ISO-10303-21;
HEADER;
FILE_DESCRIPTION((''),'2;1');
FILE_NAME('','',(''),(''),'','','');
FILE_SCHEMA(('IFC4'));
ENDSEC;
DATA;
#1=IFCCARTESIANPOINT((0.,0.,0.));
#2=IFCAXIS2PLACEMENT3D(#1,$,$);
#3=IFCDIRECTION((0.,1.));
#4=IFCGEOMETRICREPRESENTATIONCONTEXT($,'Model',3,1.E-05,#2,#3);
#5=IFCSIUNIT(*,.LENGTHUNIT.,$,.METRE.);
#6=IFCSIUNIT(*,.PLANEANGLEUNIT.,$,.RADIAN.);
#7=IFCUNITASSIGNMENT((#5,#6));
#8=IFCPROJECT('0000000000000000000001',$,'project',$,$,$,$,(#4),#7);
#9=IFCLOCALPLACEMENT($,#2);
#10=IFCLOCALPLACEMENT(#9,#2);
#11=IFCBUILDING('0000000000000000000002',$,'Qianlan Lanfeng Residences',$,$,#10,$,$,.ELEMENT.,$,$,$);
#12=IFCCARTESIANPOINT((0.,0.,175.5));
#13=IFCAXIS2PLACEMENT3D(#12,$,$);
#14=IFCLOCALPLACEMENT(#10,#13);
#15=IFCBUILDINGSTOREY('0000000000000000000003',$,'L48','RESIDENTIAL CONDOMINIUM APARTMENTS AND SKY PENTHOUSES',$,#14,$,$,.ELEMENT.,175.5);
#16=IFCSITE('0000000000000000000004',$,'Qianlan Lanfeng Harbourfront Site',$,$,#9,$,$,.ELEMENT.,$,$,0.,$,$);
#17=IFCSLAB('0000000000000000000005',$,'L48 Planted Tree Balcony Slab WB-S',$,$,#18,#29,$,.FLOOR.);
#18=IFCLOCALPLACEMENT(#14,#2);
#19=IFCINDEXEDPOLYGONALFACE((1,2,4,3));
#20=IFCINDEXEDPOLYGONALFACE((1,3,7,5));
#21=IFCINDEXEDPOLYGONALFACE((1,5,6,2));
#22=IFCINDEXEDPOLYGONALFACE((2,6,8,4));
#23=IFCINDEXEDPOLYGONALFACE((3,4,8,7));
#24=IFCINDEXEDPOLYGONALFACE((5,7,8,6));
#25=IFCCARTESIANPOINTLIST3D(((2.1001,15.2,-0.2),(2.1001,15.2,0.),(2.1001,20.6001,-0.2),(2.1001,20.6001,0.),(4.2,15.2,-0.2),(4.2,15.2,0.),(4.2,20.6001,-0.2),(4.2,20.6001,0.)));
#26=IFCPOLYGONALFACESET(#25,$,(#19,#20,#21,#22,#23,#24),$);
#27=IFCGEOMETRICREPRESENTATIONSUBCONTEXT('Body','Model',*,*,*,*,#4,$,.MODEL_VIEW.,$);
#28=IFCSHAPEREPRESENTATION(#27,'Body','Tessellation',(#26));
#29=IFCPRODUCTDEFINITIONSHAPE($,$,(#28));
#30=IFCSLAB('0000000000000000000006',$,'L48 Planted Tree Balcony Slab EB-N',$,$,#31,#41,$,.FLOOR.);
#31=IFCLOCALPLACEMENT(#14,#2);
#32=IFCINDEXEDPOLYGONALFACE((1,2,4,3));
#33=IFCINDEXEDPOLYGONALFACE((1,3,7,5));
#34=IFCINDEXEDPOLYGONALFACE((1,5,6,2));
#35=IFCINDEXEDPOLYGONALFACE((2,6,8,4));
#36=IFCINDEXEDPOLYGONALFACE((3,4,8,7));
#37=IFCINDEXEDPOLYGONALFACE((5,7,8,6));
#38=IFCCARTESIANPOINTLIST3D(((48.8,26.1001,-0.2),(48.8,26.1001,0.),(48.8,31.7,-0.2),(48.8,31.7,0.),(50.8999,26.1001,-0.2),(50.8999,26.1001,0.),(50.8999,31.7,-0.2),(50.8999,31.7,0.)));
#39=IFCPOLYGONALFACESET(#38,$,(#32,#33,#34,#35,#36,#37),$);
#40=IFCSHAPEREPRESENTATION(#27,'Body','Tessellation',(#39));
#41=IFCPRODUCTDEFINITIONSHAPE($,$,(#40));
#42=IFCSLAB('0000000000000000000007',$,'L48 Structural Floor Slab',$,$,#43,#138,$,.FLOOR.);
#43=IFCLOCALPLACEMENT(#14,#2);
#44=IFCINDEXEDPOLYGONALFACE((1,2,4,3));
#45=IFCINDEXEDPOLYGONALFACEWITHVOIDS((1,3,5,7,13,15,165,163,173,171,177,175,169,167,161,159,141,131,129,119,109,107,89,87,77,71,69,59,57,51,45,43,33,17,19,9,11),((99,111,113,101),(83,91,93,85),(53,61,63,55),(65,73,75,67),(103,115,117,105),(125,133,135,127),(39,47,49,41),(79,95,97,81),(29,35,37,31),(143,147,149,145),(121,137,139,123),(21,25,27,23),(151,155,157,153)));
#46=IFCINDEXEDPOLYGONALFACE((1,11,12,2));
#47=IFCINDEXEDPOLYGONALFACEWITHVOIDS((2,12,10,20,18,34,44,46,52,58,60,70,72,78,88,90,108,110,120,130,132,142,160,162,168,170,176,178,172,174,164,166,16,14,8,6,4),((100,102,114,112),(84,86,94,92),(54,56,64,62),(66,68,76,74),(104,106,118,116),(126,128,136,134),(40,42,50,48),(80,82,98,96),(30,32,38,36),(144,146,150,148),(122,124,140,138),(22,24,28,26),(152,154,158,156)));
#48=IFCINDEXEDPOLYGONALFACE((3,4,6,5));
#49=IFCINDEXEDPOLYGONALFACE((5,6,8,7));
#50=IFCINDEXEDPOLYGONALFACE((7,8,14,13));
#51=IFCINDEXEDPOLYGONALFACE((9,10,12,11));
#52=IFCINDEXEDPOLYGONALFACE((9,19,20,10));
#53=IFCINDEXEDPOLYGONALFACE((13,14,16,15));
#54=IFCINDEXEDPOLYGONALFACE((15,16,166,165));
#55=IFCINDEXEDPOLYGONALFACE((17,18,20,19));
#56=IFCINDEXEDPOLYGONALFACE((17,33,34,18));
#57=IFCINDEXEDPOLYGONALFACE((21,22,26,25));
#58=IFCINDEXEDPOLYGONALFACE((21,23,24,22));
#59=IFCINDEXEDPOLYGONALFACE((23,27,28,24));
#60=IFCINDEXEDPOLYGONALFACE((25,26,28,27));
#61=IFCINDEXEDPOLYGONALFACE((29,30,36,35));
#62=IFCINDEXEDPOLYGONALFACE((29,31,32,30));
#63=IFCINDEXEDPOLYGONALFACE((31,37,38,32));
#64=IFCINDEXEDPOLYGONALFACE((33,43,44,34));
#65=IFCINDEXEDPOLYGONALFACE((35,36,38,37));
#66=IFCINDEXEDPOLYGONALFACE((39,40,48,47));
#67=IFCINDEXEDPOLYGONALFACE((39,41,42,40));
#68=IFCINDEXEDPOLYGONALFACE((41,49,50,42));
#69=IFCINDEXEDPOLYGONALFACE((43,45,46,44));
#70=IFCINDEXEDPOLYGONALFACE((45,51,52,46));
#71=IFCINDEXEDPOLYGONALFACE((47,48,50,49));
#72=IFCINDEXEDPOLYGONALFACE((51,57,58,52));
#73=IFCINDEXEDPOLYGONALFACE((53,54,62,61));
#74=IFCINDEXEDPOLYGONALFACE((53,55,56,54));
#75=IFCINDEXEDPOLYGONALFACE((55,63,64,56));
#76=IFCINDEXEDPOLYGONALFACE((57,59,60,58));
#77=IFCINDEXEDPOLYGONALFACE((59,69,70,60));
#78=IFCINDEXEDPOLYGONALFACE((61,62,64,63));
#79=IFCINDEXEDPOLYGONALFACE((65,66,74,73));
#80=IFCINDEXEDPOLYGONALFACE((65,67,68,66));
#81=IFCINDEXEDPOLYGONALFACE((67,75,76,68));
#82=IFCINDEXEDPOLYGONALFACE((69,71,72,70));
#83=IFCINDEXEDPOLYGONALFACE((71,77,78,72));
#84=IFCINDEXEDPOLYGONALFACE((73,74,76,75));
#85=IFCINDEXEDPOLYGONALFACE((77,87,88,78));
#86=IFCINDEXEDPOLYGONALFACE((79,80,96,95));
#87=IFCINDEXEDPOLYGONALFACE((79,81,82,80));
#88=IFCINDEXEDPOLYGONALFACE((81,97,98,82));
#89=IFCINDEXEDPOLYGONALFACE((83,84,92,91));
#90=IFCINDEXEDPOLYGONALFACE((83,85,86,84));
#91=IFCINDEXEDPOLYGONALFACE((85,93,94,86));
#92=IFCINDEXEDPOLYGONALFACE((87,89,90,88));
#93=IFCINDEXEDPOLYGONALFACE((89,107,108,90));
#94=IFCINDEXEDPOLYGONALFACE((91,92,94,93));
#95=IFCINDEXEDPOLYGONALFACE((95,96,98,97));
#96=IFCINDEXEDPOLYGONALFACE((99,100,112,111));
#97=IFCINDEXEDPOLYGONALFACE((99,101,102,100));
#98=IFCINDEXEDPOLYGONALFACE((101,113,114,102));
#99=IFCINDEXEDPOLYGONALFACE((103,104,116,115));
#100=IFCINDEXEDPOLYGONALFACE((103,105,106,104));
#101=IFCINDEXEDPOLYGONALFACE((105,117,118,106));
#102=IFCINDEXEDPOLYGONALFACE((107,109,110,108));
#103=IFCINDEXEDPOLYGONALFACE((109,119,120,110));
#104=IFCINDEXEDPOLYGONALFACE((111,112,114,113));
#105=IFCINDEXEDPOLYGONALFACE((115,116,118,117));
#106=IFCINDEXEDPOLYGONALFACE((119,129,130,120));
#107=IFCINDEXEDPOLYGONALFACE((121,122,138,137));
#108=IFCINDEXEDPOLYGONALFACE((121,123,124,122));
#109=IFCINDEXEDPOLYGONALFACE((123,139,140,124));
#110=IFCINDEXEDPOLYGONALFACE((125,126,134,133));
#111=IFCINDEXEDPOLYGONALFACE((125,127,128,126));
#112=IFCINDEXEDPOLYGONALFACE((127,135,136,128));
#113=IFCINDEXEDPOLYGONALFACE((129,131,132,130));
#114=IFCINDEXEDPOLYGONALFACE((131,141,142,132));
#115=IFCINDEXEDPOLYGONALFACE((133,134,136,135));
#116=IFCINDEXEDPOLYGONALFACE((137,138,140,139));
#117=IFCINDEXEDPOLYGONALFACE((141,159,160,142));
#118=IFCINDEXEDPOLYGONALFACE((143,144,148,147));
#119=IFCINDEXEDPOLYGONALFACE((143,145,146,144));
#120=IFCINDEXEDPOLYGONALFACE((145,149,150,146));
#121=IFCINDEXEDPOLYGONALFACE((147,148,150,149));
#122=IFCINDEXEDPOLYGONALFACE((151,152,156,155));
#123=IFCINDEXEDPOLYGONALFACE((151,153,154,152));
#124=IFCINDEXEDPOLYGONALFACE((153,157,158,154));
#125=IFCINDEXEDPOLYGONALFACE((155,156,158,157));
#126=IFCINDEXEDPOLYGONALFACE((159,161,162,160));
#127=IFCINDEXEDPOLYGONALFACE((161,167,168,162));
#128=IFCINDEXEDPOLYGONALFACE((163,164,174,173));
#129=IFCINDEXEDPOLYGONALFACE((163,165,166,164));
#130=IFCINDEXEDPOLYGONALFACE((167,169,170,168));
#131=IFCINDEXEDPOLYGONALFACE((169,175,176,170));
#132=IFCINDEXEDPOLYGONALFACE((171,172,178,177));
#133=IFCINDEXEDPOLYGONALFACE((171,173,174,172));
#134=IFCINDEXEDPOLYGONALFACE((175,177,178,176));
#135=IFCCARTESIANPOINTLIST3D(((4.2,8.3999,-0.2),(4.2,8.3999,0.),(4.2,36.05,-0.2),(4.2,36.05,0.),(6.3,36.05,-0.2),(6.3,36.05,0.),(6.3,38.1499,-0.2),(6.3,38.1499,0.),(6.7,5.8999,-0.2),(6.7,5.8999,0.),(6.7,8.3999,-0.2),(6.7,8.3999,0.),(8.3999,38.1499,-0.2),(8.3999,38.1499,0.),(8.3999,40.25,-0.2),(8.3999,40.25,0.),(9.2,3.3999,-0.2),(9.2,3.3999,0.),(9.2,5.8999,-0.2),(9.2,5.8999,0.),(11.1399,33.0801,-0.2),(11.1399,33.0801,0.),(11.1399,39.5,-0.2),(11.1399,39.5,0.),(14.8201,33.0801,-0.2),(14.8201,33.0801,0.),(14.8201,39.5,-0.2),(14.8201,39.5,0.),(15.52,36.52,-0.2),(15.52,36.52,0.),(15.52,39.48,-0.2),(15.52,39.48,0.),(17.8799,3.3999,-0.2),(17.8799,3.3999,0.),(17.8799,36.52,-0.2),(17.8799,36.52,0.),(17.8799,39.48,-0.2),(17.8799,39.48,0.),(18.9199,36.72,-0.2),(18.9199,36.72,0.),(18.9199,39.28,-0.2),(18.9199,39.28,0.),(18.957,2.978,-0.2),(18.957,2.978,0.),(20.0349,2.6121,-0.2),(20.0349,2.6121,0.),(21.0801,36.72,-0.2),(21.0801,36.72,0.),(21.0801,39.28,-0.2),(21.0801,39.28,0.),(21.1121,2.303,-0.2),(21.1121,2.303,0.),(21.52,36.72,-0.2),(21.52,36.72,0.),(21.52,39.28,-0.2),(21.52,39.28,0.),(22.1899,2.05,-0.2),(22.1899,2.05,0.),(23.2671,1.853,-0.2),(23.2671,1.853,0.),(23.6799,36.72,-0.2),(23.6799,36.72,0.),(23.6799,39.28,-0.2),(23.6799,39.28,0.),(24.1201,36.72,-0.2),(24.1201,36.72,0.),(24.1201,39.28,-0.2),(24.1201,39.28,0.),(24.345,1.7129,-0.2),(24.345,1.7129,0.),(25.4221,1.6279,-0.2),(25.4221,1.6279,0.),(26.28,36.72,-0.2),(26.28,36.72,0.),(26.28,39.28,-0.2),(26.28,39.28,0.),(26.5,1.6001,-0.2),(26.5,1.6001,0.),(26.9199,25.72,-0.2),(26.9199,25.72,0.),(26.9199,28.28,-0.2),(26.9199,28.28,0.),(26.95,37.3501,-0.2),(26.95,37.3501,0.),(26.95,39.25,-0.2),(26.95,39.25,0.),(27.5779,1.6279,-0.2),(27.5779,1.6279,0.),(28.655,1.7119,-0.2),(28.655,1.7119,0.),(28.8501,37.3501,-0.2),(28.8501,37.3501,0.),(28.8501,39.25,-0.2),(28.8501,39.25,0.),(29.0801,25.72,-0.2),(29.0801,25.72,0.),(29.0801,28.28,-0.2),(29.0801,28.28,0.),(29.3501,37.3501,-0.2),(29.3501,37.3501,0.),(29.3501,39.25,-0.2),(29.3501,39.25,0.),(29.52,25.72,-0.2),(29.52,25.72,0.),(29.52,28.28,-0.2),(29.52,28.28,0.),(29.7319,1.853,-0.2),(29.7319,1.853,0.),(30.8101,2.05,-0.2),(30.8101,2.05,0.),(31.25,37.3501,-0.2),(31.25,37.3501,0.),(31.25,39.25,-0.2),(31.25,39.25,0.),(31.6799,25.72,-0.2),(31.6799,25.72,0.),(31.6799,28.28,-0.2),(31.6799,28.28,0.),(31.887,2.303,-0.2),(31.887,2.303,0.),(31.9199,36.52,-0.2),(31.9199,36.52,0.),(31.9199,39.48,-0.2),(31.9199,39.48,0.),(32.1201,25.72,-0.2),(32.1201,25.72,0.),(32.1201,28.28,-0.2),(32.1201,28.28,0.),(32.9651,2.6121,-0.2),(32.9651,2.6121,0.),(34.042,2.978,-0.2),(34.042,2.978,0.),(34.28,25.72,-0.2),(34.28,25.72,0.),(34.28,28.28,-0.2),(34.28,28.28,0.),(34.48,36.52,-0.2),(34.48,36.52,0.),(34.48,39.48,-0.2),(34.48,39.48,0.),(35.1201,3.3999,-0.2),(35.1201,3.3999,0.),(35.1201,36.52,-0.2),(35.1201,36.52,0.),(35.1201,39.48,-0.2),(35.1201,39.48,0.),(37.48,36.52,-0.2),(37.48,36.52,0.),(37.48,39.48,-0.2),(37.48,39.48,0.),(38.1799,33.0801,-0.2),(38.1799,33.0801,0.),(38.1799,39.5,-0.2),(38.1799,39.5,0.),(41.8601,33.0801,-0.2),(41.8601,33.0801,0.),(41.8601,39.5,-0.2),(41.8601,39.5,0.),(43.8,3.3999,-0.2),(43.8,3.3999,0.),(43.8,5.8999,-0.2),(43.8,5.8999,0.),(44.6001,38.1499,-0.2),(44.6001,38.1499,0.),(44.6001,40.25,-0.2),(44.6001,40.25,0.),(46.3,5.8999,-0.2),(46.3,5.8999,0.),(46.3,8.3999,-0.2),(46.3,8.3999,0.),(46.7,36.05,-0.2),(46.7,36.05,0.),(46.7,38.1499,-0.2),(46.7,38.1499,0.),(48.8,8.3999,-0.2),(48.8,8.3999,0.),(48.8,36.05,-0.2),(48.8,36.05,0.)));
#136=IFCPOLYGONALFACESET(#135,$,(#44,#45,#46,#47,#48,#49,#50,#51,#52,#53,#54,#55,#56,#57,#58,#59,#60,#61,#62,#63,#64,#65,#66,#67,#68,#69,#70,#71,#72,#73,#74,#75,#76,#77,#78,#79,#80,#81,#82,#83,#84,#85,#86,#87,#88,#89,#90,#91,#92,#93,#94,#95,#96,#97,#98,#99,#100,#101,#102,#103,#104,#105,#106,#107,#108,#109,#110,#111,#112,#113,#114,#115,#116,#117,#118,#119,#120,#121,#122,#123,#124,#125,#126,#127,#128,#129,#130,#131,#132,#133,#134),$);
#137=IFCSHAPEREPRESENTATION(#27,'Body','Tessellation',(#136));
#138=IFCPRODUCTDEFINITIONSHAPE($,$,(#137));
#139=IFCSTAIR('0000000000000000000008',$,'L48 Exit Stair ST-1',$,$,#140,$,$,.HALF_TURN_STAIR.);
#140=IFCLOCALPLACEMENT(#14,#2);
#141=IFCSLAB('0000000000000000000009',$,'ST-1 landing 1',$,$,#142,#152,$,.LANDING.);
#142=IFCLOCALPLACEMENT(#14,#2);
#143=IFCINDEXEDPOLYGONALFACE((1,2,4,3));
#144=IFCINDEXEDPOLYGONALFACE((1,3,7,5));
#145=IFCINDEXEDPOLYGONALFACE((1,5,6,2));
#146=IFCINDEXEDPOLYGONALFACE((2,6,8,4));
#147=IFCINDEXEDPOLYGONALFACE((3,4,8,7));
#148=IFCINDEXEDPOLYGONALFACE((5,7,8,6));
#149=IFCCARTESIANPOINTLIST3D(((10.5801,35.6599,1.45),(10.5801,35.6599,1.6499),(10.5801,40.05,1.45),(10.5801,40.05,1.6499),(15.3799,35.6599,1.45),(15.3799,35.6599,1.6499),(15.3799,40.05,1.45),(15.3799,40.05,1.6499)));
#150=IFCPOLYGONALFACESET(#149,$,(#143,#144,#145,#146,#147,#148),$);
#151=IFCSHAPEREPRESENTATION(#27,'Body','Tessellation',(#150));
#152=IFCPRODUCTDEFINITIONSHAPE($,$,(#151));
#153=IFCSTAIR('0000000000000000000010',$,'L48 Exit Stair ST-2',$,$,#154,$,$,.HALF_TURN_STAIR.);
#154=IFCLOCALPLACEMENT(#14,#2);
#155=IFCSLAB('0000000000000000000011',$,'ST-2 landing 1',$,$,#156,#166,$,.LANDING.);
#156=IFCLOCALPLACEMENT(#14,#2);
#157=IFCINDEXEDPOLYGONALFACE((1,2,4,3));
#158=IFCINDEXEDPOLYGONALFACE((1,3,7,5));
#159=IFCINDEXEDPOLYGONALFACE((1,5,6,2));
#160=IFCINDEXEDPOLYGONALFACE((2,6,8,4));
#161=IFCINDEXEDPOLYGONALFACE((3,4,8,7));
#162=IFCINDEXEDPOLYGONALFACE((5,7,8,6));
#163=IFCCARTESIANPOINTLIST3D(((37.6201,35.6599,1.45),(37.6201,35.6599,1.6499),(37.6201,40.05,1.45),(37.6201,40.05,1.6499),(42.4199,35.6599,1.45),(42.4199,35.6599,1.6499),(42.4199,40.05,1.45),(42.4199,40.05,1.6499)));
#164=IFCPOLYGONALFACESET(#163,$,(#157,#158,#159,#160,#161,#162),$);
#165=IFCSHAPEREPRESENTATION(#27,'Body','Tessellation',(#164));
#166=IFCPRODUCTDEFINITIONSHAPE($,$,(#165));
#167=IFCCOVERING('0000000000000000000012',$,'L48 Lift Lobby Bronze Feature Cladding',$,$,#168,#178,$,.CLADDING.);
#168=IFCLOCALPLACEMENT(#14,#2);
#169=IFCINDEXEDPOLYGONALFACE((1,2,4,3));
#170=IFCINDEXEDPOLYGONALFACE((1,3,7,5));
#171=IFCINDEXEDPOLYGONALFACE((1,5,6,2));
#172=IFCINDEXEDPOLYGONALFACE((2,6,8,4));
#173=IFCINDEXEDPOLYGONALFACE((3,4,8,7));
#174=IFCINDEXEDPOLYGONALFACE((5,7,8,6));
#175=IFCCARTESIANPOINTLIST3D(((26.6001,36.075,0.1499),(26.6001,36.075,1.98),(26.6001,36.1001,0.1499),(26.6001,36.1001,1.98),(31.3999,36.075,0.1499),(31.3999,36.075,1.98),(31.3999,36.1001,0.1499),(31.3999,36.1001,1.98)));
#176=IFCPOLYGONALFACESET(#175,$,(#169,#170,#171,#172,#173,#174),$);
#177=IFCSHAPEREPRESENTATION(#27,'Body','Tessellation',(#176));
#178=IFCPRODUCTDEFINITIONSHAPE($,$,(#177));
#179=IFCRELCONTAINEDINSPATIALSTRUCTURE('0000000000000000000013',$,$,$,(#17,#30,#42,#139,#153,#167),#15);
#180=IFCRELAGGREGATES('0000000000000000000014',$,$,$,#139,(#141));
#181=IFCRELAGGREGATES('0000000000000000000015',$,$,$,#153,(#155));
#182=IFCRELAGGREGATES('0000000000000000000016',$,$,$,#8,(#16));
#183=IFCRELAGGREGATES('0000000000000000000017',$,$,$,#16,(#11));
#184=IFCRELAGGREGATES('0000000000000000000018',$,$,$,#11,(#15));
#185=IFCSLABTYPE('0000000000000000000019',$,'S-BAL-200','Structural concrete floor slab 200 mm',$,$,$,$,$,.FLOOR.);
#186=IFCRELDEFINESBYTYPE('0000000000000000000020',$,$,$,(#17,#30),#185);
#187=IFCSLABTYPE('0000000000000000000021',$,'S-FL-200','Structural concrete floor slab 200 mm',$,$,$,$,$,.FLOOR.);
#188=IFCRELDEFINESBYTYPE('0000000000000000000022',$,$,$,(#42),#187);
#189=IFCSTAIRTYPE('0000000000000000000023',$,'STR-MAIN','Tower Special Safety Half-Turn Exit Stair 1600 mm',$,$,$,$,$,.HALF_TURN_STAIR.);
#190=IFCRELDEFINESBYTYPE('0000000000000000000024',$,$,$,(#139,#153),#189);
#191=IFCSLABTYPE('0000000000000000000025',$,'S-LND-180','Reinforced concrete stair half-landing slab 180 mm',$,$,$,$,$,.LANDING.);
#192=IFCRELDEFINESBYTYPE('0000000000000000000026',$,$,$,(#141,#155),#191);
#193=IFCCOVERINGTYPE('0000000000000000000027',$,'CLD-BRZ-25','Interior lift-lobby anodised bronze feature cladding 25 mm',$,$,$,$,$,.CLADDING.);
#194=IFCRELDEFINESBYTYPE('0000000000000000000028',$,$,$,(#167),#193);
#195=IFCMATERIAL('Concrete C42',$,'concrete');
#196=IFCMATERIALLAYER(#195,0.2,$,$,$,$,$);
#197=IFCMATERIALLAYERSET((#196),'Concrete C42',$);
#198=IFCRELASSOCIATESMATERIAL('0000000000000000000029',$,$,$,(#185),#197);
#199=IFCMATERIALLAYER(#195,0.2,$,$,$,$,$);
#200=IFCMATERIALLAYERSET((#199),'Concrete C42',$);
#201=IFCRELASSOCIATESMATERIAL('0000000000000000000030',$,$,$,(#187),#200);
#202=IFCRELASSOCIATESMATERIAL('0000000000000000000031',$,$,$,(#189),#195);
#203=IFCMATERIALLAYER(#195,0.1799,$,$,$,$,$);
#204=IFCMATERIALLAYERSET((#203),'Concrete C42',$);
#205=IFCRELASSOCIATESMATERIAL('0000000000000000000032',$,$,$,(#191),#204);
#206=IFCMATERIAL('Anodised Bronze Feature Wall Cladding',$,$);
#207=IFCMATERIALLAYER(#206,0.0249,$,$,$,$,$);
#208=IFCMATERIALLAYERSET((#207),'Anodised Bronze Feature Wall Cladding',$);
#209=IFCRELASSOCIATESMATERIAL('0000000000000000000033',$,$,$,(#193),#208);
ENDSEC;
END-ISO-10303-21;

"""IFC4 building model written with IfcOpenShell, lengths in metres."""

from ifc_helpers import new_model, si_unit, direction, frame, origin, place, context, subcontext, project, spatial, polyline, outline, extrude, material, layer, layer_set, type_object, element, aggregate, save


model = new_model("IFC4")

# Units and contexts
model_context = context("Model", 3, precision=1e-05, world=origin(), true_north=direction((0.0, 1.0)))
body_context = subcontext(model_context, "Body", "Model", "MODEL_VIEW")
ifc_project = project(units=[si_unit("LENGTHUNIT", "METRE"), si_unit("PLANEANGLEUNIT", "RADIAN")], contexts=[model_context])

# Site, building, storey
site_placement = place(None, origin())
site = spatial("IfcSite", under=ifc_project, at=site_placement, Name="Qianlan Lanfeng Harbourfront Site", CompositionType="ELEMENT", RefElevation=0.0)
building_placement = place(site_placement, origin())
building = spatial("IfcBuilding", under=site, at=building_placement, Name="Qianlan Lanfeng Residences", CompositionType="ELEMENT")
storey_placement = place(building_placement, frame((0.0, 0.0, 175.5)))
storey = spatial("IfcBuildingStorey", under=building, at=storey_placement, Name="L48", Description="RESIDENTIAL CONDOMINIUM APARTMENTS AND SKY PENTHOUSES", CompositionType="ELEMENT", Elevation=175.5)

# Slabs
ifc_material_1 = material(Name="Concrete C42", Category="concrete")
ifc_layer_1 = layer(ifc_material_1, 0.2)
ifc_layer_set_1 = layer_set([ifc_layer_1], Name="Concrete C42")
slab_type_1 = type_object("IfcSlabType", Name="S-BAL-200", Description="Structural concrete floor slab 200 mm", PredefinedType="FLOOR", material=ifc_layer_set_1)
slab_1_placement = place(storey_placement, frame((0.0, 0.0, -0.2)))
element("IfcSlab", 1, at=slab_1_placement, inside=storey, type_object=slab_type_1, Name="L48 Planted Tree Balcony Slab WB-S", PredefinedType="FLOOR", context=body_context, shape_type="SweptSolid", body=[
    extrude(outline(polyline([(4.2, 15.2), (4.2, 20.6001), (2.1001, 20.6001), (2.1001, 15.2), (4.2, 15.2)])), origin(), (0.0, 0.0, 1.0), 0.2),
])
slab_2_placement = place(storey_placement, frame((0.0, 0.0, -0.2)))
element("IfcSlab", 2, at=slab_2_placement, inside=storey, type_object=slab_type_1, Name="L48 Planted Tree Balcony Slab EB-N", PredefinedType="FLOOR", context=body_context, shape_type="SweptSolid", body=[
    extrude(outline(polyline([(48.8, 31.7), (48.8, 26.1001), (50.8999, 26.1001), (50.8999, 31.7), (48.8, 31.7)])), origin(), (0.0, 0.0, 1.0), 0.2),
])
ifc_layer_2 = layer(ifc_material_1, 0.2)
ifc_layer_set_2 = layer_set([ifc_layer_2], Name="Concrete C42")
slab_type_2 = type_object("IfcSlabType", Name="S-FL-200", Description="Structural concrete floor slab 200 mm", PredefinedType="FLOOR", material=ifc_layer_set_2)
slab_3_placement = place(storey_placement, frame((0.0, 0.0, -0.2)))
element("IfcSlab", 3, at=slab_3_placement, inside=storey, type_object=slab_type_2, Name="L48 Structural Floor Slab", PredefinedType="FLOOR", context=body_context, shape_type="SweptSolid", body=[
    extrude(outline(polyline([(4.2, 8.3999), (6.7, 8.3999), (6.7, 5.8999), (9.2, 5.8999), (9.2, 3.3999), (17.8799, 3.3999), (18.957, 2.978), (20.0349, 2.6121), (21.1121, 2.303), (22.1899, 2.05), (23.2671, 1.853), (24.345, 1.7129), (25.4221, 1.6279), (26.5, 1.6001), (27.5779, 1.6279), (28.655, 1.7119), (29.7319, 1.853), (30.8101, 2.05), (31.887, 2.303), (32.9651, 2.6121), (34.042, 2.978), (35.1201, 3.3999), (43.8, 3.3999), (43.8, 5.8999), (46.3, 5.8999), (46.3, 8.3999), (48.8, 8.3999), (48.8, 36.05), (46.7, 36.05), (46.7, 38.1499), (44.6001, 38.1499), (44.6001, 40.25), (8.3999, 40.25), (8.3999, 38.1499), (6.3, 38.1499), (6.3, 36.05), (4.2, 36.05), (4.2, 8.3999)]), holes=[polyline([(11.1399, 33.0801), (11.1399, 39.5), (14.8201, 39.5), (14.8201, 33.0801), (11.1399, 33.0801)]), polyline([(38.1799, 33.0801), (38.1799, 39.5), (41.8601, 39.5), (41.8601, 33.0801), (38.1799, 33.0801)]), polyline([(15.52, 36.52), (15.52, 39.48), (17.8799, 39.48), (17.8799, 36.52), (15.52, 36.52)]), polyline([(35.1201, 36.52), (35.1201, 39.48), (37.48, 39.48), (37.48, 36.52), (35.1201, 36.52)]), polyline([(31.9199, 36.52), (31.9199, 39.48), (34.48, 39.48), (34.48, 36.52), (31.9199, 36.52)]), polyline([(26.9199, 25.72), (26.9199, 28.28), (29.0801, 28.28), (29.0801, 25.72), (26.9199, 25.72)]), polyline([(29.52, 25.72), (29.52, 28.28), (31.6799, 28.28), (31.6799, 25.72), (29.52, 25.72)]), polyline([(32.1201, 25.72), (32.1201, 28.28), (34.28, 28.28), (34.28, 25.72), (32.1201, 25.72)]), polyline([(18.9199, 36.72), (18.9199, 39.28), (21.0801, 39.28), (21.0801, 36.72), (18.9199, 36.72)]), polyline([(21.52, 36.72), (21.52, 39.28), (23.6799, 39.28), (23.6799, 36.72), (21.52, 36.72)]), polyline([(24.1201, 36.72), (24.1201, 39.28), (26.28, 39.28), (26.28, 36.72), (24.1201, 36.72)]), polyline([(26.95, 37.3501), (26.95, 39.25), (28.8501, 39.25), (28.8501, 37.3501), (26.95, 37.3501)]), polyline([(29.3501, 37.3501), (29.3501, 39.25), (31.25, 39.25), (31.25, 37.3501), (29.3501, 37.3501)])]), origin(), (0.0, 0.0, 1.0), 0.2),
])

# Stairs, slabs
stair_type = type_object("IfcStairType", Name="STR-MAIN", Description="Tower Special Safety Half-Turn Exit Stair 1600 mm", PredefinedType="HALF_TURN_STAIR", material=ifc_material_1)
stair_1_placement = place(storey_placement, origin())
stair_1 = element("IfcStair", 4, at=stair_1_placement, inside=storey, type_object=stair_type, Name="L48 Exit Stair ST-1", PredefinedType="HALF_TURN_STAIR")
ifc_layer_3 = layer(ifc_material_1, 0.1799)
ifc_layer_set_3 = layer_set([ifc_layer_3], Name="Concrete C42")
slab_type_3 = type_object("IfcSlabType", Name="S-LND-180", Description="Reinforced concrete stair half-landing slab 180 mm", PredefinedType="LANDING", material=ifc_layer_set_3)
slab_4_placement = place(storey_placement, frame((0.0, 0.0, 1.45)))
slab_4 = element("IfcSlab", 5, at=slab_4_placement, type_object=slab_type_3, Name="ST-1 landing 1", PredefinedType="LANDING", context=body_context, shape_type="SweptSolid", body=[
    extrude(outline(polyline([(10.5801, 35.6599), (15.3799, 35.6599), (15.3799, 40.05), (10.5801, 40.05), (10.5801, 35.6599)])), origin(), (0.0, 0.0, 1.0), 0.2),
])
aggregate(stair_1, [slab_4])
stair_2_placement = place(storey_placement, origin())
stair_2 = element("IfcStair", 6, at=stair_2_placement, inside=storey, type_object=stair_type, Name="L48 Exit Stair ST-2", PredefinedType="HALF_TURN_STAIR")
slab_5_placement = place(storey_placement, frame((0.0, 0.0, 1.45)))
slab_5 = element("IfcSlab", 7, at=slab_5_placement, type_object=slab_type_3, Name="ST-2 landing 1", PredefinedType="LANDING", context=body_context, shape_type="SweptSolid", body=[
    extrude(outline(polyline([(37.6201, 35.6599), (42.4199, 35.6599), (42.4199, 40.05), (37.6201, 40.05), (37.6201, 35.6599)])), origin(), (0.0, 0.0, 1.0), 0.2),
])
aggregate(stair_2, [slab_5])

# Covering
ifc_material_2 = material(Name="Anodised Bronze Feature Wall Cladding")
ifc_layer_4 = layer(ifc_material_2, 0.0249)
ifc_layer_set_4 = layer_set([ifc_layer_4], Name="Anodised Bronze Feature Wall Cladding")
covering_type_1 = type_object("IfcCoveringType", Name="CLD-BRZ-25", Description="Interior lift-lobby anodised bronze feature cladding 25 mm", PredefinedType="CLADDING", material=ifc_layer_set_4)
covering_1_placement = place(storey_placement, frame((0.0, 0.0, 0.1499)))
element("IfcCovering", 8, at=covering_1_placement, inside=storey, type_object=covering_type_1, Name="L48 Lift Lobby Bronze Feature Cladding", PredefinedType="CLADDING", context=body_context, shape_type="SweptSolid", body=[
    extrude(outline(polyline([(26.6001, 36.075), (31.3999, 36.075), (31.3999, 36.1001), (26.6001, 36.1001), (26.6001, 36.075)])), origin(), (0.0, 0.0, 1.0), 1.8301),
])

save(model, "model.ifc")
